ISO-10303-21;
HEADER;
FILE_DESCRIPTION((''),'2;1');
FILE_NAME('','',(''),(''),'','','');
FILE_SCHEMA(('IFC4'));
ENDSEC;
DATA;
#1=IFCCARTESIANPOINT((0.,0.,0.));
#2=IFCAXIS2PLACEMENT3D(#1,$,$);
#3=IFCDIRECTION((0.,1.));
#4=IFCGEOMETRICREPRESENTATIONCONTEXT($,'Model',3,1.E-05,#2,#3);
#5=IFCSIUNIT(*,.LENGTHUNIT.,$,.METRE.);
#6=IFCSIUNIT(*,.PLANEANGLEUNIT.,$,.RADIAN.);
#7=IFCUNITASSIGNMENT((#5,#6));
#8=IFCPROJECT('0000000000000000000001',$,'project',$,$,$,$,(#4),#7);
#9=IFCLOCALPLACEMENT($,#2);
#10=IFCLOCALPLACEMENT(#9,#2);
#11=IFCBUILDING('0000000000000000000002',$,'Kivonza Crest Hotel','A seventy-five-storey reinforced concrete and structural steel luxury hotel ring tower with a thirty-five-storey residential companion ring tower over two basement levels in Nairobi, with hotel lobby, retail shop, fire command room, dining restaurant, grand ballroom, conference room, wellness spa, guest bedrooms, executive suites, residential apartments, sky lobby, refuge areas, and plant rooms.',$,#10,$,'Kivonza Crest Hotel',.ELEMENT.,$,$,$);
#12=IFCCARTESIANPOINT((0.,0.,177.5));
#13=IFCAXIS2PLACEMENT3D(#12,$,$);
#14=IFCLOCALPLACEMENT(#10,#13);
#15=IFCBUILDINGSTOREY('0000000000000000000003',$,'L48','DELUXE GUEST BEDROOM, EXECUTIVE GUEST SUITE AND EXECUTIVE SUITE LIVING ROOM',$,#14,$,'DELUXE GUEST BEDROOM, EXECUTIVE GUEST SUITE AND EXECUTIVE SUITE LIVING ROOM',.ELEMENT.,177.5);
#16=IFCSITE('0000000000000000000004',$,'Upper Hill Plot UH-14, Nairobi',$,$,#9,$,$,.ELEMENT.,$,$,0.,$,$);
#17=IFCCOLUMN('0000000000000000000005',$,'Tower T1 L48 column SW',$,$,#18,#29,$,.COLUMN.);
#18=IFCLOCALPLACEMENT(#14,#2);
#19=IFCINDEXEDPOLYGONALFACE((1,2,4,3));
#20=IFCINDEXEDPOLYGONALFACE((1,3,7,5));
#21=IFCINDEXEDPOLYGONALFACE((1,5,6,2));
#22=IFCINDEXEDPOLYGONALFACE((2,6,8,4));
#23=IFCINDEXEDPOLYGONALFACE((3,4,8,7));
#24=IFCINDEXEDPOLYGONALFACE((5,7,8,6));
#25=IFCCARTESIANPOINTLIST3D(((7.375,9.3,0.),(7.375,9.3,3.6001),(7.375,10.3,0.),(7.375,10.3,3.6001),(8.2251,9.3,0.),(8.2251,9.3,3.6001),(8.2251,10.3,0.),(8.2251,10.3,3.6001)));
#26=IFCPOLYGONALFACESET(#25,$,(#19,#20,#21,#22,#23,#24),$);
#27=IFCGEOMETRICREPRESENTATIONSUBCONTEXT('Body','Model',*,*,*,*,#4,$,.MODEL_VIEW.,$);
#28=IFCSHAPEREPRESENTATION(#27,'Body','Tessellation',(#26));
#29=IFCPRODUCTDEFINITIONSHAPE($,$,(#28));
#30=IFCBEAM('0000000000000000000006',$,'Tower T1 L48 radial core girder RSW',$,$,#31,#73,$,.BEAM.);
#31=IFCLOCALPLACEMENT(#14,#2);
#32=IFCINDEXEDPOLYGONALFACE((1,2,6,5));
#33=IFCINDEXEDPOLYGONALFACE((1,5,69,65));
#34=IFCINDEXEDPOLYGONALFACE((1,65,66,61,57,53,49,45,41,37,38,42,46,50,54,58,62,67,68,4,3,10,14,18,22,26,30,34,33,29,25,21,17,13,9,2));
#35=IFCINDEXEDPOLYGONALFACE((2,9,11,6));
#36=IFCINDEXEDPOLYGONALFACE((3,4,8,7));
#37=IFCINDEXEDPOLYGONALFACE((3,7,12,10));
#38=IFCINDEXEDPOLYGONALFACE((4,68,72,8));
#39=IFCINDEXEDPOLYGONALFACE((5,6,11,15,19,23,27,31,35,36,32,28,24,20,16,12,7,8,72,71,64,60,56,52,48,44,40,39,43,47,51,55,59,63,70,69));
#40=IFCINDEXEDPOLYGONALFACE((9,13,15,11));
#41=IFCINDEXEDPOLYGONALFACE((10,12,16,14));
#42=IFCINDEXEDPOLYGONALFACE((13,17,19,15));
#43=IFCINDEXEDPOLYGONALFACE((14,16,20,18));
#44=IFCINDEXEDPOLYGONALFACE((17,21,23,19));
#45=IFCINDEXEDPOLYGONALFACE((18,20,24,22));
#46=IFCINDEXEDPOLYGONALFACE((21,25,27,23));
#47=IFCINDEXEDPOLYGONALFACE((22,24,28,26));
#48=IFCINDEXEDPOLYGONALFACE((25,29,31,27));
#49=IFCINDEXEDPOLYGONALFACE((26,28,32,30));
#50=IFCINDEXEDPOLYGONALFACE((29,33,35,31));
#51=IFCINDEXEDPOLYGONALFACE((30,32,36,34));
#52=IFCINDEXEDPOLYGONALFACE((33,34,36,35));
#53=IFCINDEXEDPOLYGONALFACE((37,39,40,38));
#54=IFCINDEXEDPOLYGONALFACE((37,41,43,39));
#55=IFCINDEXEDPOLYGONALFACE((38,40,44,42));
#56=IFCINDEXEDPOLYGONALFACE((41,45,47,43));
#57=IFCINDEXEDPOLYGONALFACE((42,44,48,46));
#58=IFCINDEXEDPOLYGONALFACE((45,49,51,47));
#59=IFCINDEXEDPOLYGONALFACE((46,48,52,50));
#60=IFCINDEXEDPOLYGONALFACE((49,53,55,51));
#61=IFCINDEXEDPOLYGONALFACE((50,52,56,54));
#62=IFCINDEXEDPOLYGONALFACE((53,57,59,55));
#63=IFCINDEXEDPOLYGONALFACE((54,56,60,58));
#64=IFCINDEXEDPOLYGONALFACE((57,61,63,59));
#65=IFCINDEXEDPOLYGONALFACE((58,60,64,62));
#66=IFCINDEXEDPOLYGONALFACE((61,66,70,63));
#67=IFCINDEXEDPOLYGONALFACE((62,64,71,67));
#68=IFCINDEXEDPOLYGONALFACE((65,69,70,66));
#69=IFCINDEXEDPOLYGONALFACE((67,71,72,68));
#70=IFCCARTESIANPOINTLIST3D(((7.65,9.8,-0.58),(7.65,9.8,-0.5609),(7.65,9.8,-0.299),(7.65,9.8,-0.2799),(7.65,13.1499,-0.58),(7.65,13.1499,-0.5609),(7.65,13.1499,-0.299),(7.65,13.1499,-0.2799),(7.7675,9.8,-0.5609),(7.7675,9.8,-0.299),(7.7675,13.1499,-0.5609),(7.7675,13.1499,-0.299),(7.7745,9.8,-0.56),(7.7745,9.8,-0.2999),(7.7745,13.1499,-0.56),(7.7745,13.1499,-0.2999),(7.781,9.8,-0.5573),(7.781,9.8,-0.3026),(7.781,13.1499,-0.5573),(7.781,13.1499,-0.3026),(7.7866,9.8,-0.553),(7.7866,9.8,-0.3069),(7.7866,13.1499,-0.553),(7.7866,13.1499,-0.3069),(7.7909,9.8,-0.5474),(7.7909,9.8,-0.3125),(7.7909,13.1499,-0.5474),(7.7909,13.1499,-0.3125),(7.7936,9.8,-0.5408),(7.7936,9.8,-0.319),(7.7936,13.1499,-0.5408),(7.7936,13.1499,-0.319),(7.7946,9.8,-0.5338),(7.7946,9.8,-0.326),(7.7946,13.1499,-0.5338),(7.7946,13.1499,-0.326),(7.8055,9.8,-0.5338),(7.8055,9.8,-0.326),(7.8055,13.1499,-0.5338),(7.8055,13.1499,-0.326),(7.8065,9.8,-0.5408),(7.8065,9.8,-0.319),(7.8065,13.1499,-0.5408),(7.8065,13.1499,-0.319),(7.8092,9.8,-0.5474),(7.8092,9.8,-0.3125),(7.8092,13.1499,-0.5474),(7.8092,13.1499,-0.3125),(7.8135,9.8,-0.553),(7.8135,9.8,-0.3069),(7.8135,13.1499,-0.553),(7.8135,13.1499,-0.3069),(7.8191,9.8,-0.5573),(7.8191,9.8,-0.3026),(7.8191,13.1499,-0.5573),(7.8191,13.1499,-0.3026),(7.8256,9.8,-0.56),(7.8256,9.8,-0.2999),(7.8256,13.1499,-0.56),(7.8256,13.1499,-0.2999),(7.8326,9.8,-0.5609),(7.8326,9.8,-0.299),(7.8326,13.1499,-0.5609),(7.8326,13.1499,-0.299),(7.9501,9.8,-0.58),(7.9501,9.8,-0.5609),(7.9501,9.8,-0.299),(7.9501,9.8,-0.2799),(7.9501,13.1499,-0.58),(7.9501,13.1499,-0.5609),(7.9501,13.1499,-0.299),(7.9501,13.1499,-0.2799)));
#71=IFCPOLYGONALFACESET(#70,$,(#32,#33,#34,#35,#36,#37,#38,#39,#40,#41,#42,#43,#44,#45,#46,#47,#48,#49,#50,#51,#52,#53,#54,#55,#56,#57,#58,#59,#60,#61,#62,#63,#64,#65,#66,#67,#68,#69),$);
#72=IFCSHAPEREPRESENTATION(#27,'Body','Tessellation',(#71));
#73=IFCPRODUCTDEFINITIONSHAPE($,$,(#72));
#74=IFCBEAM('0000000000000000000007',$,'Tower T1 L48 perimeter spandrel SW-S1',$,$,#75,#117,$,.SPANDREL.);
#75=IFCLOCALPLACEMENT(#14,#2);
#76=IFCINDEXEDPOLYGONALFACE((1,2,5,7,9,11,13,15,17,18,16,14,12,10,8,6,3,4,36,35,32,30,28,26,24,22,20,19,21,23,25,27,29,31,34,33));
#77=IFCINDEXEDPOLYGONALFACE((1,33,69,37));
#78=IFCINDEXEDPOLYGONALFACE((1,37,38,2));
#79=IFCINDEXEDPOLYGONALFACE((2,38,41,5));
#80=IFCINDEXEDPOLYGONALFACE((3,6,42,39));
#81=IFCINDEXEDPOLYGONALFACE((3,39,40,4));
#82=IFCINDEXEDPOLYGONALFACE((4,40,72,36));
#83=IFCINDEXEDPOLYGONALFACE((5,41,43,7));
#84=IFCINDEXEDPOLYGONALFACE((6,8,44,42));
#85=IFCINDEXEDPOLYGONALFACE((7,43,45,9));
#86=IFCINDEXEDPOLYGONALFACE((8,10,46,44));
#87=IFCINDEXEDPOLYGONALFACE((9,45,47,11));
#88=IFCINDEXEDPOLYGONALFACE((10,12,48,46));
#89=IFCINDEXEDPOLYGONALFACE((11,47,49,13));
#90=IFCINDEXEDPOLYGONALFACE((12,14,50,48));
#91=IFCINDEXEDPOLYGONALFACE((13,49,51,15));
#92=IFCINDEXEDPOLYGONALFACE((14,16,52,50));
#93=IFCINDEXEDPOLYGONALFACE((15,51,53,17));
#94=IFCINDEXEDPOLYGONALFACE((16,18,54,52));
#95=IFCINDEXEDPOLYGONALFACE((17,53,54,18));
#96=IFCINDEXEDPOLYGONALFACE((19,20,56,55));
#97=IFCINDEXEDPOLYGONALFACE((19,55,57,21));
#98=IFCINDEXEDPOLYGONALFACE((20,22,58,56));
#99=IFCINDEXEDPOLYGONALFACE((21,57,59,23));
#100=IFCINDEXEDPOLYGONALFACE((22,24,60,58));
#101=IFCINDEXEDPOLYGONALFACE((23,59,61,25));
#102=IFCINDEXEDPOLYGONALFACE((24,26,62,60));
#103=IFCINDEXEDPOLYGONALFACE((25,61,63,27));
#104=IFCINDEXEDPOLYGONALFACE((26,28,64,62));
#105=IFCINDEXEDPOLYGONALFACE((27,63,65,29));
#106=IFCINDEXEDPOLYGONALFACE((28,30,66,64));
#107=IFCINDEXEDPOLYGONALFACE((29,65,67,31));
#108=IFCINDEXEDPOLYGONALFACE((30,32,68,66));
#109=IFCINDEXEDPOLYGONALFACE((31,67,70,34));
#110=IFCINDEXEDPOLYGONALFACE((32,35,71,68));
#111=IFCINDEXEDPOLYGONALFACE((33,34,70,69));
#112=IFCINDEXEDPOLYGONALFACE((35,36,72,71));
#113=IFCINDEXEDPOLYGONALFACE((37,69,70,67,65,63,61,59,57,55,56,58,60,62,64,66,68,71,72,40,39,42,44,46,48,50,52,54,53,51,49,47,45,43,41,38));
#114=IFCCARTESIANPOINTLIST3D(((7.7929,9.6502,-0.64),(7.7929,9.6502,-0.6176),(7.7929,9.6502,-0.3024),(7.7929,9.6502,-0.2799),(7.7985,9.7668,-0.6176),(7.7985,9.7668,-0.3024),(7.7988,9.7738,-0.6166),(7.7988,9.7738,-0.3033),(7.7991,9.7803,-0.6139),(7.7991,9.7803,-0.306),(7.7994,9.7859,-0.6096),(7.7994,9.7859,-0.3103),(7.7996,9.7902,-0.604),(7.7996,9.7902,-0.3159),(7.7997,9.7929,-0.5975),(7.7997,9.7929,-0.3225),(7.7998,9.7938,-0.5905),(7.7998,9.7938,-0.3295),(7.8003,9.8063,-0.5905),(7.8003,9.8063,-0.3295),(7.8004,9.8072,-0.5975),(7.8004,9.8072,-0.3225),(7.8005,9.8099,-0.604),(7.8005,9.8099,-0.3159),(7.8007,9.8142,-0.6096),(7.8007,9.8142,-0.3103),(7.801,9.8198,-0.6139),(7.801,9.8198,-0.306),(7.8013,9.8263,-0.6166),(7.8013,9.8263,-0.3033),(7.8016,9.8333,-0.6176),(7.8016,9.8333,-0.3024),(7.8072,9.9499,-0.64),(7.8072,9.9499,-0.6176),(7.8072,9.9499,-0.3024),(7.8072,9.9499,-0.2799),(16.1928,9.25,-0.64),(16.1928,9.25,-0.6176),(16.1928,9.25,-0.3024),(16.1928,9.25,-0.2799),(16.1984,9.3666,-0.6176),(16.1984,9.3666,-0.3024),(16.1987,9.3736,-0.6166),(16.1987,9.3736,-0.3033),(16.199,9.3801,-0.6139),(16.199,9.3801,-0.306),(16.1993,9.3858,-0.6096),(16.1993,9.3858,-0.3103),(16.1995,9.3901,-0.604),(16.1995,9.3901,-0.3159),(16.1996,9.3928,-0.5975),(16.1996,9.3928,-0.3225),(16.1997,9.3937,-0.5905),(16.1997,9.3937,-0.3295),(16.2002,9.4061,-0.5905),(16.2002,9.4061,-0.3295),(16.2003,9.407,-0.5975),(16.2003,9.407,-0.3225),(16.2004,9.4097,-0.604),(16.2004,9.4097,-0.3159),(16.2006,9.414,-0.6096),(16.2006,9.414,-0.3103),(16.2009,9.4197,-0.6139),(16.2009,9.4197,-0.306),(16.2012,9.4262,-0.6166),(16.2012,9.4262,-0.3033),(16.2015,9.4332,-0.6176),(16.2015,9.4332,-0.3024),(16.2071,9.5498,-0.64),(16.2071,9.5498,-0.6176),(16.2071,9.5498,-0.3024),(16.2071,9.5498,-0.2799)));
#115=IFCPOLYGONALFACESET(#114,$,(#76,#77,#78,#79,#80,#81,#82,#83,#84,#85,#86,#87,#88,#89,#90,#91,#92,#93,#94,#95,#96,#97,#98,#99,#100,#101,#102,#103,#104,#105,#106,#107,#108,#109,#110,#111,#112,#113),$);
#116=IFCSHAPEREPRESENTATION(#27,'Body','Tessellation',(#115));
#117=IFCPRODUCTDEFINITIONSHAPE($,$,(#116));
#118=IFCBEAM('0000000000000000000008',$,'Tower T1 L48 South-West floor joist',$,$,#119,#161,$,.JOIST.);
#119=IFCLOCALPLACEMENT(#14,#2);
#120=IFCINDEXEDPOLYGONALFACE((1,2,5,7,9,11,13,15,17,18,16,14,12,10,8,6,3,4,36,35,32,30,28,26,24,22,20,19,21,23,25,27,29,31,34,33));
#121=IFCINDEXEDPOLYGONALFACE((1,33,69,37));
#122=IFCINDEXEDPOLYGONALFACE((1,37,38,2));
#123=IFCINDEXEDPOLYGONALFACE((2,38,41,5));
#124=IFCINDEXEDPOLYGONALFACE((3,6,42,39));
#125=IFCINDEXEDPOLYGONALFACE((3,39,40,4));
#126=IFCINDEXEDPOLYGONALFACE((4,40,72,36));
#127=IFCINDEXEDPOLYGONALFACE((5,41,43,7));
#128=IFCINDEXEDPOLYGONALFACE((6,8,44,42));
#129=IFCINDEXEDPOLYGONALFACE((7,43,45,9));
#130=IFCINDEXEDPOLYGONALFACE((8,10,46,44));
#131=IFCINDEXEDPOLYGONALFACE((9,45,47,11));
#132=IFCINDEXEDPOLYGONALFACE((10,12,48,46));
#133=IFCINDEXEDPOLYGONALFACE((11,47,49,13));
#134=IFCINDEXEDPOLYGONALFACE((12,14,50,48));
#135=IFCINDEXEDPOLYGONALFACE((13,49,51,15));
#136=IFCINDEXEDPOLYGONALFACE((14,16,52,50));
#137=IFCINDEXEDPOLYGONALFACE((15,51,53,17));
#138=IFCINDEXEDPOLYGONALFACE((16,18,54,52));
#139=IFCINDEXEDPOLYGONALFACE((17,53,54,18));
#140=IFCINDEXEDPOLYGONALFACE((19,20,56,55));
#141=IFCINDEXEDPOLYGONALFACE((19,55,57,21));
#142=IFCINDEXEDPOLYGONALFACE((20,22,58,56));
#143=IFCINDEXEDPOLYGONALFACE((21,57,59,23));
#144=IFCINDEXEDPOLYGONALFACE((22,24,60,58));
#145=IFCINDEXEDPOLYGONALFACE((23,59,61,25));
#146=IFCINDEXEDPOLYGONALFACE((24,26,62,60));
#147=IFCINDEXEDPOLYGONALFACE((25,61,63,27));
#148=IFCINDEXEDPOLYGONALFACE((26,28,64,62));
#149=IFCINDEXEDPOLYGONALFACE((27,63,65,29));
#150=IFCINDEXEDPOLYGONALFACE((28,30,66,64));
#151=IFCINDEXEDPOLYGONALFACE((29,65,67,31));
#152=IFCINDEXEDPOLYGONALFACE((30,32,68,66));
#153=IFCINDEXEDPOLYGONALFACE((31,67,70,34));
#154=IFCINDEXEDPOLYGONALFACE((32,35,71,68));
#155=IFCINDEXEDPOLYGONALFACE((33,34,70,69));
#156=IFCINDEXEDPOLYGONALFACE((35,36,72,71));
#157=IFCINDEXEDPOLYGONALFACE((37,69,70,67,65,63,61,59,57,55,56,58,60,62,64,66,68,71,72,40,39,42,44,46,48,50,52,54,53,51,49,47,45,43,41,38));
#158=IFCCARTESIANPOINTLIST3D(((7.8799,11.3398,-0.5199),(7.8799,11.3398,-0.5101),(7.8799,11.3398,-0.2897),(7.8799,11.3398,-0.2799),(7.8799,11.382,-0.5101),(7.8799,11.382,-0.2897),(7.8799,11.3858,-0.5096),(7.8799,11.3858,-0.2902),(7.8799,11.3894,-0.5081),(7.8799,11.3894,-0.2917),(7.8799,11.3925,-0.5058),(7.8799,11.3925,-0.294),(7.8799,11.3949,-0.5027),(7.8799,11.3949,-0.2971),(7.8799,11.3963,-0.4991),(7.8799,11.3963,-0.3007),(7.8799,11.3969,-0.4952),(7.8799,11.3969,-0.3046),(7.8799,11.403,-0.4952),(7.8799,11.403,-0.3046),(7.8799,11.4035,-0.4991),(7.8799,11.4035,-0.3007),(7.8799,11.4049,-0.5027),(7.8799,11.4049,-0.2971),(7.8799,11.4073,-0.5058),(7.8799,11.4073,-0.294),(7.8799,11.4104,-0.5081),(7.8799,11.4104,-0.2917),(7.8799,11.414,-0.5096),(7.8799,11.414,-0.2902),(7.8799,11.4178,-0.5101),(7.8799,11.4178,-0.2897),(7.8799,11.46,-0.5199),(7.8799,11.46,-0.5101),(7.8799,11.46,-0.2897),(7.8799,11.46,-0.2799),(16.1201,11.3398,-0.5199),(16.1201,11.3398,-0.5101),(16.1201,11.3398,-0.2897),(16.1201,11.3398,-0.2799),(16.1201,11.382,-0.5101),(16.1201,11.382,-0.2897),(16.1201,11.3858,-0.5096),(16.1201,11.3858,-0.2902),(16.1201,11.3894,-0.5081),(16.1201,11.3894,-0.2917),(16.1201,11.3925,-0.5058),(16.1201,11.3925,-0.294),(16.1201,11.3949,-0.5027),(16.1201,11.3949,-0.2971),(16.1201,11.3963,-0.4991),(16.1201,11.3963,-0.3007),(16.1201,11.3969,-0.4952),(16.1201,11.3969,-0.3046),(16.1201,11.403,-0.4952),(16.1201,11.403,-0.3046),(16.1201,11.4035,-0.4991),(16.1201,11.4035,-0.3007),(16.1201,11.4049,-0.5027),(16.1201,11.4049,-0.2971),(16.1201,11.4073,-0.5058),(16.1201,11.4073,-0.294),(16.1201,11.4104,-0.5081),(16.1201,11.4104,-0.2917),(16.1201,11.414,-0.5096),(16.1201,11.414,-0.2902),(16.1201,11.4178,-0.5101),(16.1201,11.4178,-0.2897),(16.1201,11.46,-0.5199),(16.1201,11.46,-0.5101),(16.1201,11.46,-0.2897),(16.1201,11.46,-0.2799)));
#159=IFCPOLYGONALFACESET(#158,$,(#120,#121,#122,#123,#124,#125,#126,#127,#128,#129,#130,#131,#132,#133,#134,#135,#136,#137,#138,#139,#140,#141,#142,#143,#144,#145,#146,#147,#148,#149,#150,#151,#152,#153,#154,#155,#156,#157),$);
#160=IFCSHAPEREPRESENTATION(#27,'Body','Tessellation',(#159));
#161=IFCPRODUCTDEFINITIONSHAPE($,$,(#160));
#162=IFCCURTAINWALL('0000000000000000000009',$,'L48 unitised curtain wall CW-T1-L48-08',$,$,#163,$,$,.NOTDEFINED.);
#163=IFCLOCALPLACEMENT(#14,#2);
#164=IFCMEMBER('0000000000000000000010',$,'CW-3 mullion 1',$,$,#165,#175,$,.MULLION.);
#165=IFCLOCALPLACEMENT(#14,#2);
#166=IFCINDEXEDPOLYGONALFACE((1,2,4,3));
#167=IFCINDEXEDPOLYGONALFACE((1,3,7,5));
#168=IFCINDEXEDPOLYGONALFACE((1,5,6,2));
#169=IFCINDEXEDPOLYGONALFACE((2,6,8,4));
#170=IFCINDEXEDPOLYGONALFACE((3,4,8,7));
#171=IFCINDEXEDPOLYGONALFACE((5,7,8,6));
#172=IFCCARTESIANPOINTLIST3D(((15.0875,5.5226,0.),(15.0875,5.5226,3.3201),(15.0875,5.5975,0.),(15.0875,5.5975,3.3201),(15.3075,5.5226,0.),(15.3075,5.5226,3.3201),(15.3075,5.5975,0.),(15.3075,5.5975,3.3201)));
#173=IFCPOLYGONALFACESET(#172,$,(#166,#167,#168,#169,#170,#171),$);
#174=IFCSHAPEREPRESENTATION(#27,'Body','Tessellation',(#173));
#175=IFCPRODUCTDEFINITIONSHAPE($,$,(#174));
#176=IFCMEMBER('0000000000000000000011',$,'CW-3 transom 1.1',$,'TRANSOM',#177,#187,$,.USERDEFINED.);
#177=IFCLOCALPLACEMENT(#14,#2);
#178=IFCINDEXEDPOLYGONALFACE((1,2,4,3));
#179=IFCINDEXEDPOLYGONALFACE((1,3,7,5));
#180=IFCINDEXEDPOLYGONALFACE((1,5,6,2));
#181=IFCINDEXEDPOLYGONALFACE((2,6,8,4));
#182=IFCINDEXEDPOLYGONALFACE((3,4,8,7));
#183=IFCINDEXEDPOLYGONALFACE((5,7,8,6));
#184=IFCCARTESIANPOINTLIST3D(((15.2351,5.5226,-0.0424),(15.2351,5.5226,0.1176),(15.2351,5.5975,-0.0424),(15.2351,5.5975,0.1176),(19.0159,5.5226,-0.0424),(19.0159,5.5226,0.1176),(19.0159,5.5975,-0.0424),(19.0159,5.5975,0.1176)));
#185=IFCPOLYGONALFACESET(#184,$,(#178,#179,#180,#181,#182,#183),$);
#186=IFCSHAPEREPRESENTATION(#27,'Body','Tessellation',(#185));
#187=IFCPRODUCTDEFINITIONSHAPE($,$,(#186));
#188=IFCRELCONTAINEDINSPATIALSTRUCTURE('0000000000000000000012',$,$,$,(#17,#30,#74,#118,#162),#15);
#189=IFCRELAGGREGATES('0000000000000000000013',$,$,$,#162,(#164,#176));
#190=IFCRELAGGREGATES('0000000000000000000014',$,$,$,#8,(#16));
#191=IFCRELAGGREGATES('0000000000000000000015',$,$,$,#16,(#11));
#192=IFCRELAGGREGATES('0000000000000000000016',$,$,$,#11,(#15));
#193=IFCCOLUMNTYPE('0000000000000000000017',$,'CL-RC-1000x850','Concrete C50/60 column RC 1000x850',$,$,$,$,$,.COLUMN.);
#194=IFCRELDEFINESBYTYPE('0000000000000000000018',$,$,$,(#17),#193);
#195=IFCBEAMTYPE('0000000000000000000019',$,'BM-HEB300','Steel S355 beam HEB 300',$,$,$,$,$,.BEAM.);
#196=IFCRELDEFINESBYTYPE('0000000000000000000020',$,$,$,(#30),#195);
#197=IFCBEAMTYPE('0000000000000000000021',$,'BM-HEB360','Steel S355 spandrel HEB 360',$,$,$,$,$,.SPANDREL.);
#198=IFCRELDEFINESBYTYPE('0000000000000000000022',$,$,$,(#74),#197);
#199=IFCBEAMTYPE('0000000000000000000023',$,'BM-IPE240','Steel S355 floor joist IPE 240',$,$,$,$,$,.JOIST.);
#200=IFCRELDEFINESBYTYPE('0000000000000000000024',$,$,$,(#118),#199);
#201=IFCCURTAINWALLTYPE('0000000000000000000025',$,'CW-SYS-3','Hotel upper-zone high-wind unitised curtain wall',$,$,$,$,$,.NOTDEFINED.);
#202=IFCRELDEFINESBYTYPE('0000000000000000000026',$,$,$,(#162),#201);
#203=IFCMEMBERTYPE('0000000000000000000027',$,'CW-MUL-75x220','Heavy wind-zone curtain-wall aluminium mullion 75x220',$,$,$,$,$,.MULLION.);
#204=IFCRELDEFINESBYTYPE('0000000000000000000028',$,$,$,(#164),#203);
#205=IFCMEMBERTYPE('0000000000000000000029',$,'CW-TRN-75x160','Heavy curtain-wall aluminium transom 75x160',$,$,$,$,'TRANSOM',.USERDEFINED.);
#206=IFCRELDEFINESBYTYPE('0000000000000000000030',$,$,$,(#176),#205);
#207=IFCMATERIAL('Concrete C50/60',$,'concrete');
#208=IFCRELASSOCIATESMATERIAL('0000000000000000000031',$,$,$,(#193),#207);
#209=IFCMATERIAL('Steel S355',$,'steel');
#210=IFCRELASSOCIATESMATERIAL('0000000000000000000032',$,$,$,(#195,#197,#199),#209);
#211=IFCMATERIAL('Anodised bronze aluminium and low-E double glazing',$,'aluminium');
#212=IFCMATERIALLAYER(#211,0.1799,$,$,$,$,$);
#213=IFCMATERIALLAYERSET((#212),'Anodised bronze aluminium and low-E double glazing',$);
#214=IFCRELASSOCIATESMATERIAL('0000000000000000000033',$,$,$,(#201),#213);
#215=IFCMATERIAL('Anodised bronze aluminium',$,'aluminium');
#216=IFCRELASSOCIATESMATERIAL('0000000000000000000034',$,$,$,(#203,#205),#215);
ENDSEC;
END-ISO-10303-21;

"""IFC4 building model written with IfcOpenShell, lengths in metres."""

from ifc_helpers import new_model, si_unit, direction, frame, origin, origin_2d, place, context, subcontext, project, spatial, rectangle, i_section, extrude, material, layer, layer_set, material_profile, profile_set, type_object, element, aggregate, save


model = new_model("IFC4")

# Units and contexts
model_context = context("Model", 3, precision=1e-05, world=origin(), true_north=direction((0.0, 1.0)))
body_context = subcontext(model_context, "Body", "Model", "MODEL_VIEW")
ifc_project = project(units=[si_unit("LENGTHUNIT", "METRE"), si_unit("PLANEANGLEUNIT", "RADIAN")], contexts=[model_context])

# Site, building, storey
site_placement = place(None, origin())
site = spatial("IfcSite", under=ifc_project, at=site_placement, Name="Upper Hill Plot UH-14, Nairobi", CompositionType="ELEMENT", RefElevation=0.0)
building_placement = place(site_placement, origin())
building = spatial("IfcBuilding", under=site, at=building_placement, Name="Kivonza Crest Hotel", Description="A seventy-five-storey reinforced concrete and structural steel luxury hotel ring tower with a thirty-five-storey residential companion ring tower over two basement levels in Nairobi, with hotel lobby, retail shop, fire command room, dining restaurant, grand ballroom, conference room, wellness spa, guest bedrooms, executive suites, residential apartments, sky lobby, refuge areas, and plant rooms.", LongName="Kivonza Crest Hotel", CompositionType="ELEMENT")
storey_placement = place(building_placement, frame((0.0, 0.0, 177.5)))
storey = spatial("IfcBuildingStorey", under=building, at=storey_placement, Name="L48", Description="DELUXE GUEST BEDROOM, EXECUTIVE GUEST SUITE AND EXECUTIVE SUITE LIVING ROOM", LongName="DELUXE GUEST BEDROOM, EXECUTIVE GUEST SUITE AND EXECUTIVE SUITE LIVING ROOM", CompositionType="ELEMENT", Elevation=177.5)

# Column
ifc_material_1 = material(Name="Concrete C50/60", Category="concrete")
ifc_material_profile_1 = material_profile(ifc_material_1, rectangle(XDim=0.8501, YDim=1.0, at=origin_2d()), Name="RC 1000x850")
ifc_profile_set_1 = profile_set([ifc_material_profile_1], Name="Concrete C50/60")
column_type = type_object("IfcColumnType", Name="CL-RC-1000x850", Description="Concrete C50/60 column RC 1000x850", PredefinedType="COLUMN", material=ifc_profile_set_1)
column_placement = place(storey_placement, frame((7.8, 9.8, 0.0), z_axis=(0.0, 0.0, 1.0), x_axis=(1.0, 0.0, 0.0)))
element("IfcColumn", 1, at=column_placement, inside=storey, type_object=column_type, Name="Tower T1 L48 column SW", PredefinedType="COLUMN", context=body_context, shape_type="SweptSolid", body=[
    extrude(rectangle(XDim=0.8501, YDim=1.0, at=origin_2d()), origin(), (0.0, 0.0, 1.0), 3.6001),
])

# Beams
ifc_material_2 = material(Name="Steel S355", Category="steel")
ifc_material_profile_2 = material_profile(ifc_material_2, i_section(OverallWidth=0.3, OverallDepth=0.3, WebThickness=0.011, FlangeThickness=0.019, FilletRadius=0.0271, at=origin_2d()), Name="HEB 300")
ifc_profile_set_2 = profile_set([ifc_material_profile_2], Name="Steel S355")
beam_type_1 = type_object("IfcBeamType", Name="BM-HEB300", Description="Steel S355 beam HEB 300", PredefinedType="BEAM", material=ifc_profile_set_2)
beam_1_placement = place(storey_placement, frame((7.8, 9.8, -0.4299), z_axis=(0.0, 1.0, 0.0), x_axis=(-1.0, 0.0, 0.0)))
element("IfcBeam", 2, at=beam_1_placement, inside=storey, type_object=beam_type_1, Name="Tower T1 L48 radial core girder RSW", PredefinedType="BEAM", context=body_context, shape_type="SweptSolid", body=[
    extrude(i_section(OverallWidth=0.3, OverallDepth=0.3, WebThickness=0.011, FlangeThickness=0.019, FilletRadius=0.0271, at=origin_2d()), origin(), (0.0, 0.0, 1.0), 3.3499),
])
ifc_material_profile_3 = material_profile(ifc_material_2, i_section(OverallWidth=0.3, OverallDepth=0.3601, WebThickness=0.0125, FlangeThickness=0.0225, FilletRadius=0.0271, at=origin_2d()), Name="HEB 360")
ifc_profile_set_3 = profile_set([ifc_material_profile_3], Name="Steel S355")
beam_type_2 = type_object("IfcBeamType", Name="BM-HEB360", Description="Steel S355 spandrel HEB 360", PredefinedType="SPANDREL", material=ifc_profile_set_3)
beam_2_placement = place(storey_placement, frame((7.8, 9.8, -0.46), z_axis=(0.998867, -0.047583, 0.0), x_axis=(0.047583, 0.998867, 0.0)))
element("IfcBeam", 3, at=beam_2_placement, inside=storey, type_object=beam_type_2, Name="Tower T1 L48 perimeter spandrel SW-S1", PredefinedType="SPANDREL", context=body_context, shape_type="SweptSolid", body=[
    extrude(i_section(OverallWidth=0.3, OverallDepth=0.3601, WebThickness=0.0125, FlangeThickness=0.0225, FilletRadius=0.0271, at=origin_2d()), origin(), (0.0, 0.0, 1.0), 8.4094),
])
ifc_material_profile_4 = material_profile(ifc_material_2, i_section(OverallWidth=0.1201, OverallDepth=0.24, WebThickness=0.0061, FlangeThickness=0.0098, FilletRadius=0.0149, at=origin_2d()), Name="IPE 240")
ifc_profile_set_4 = profile_set([ifc_material_profile_4], Name="Steel S355")
beam_type_3 = type_object("IfcBeamType", Name="BM-IPE240", Description="Steel S355 floor joist IPE 240", PredefinedType="JOIST", material=ifc_profile_set_4)
beam_3_placement = place(storey_placement, frame((7.8799, 11.3999, -0.3999), z_axis=(1.0, 0.0, 0.0), x_axis=(0.0, 1.0, 0.0)))
element("IfcBeam", 4, at=beam_3_placement, inside=storey, type_object=beam_type_3, Name="Tower T1 L48 South-West floor joist", PredefinedType="JOIST", context=body_context, shape_type="SweptSolid", body=[
    extrude(i_section(OverallWidth=0.1201, OverallDepth=0.24, WebThickness=0.0061, FlangeThickness=0.0098, FilletRadius=0.0149, at=origin_2d()), origin(), (0.0, 0.0, 1.0), 8.2402),
])

# Curtain wall, members
ifc_material_3 = material(Name="Anodised bronze aluminium and low-E double glazing", Category="aluminium")
ifc_layer_1 = layer(ifc_material_3, 0.1799)
ifc_layer_set_1 = layer_set([ifc_layer_1], Name="Anodised bronze aluminium and low-E double glazing")
curtain_wall_type = type_object("IfcCurtainWallType", Name="CW-SYS-3", Description="Hotel upper-zone high-wind unitised curtain wall", PredefinedType="NOTDEFINED", material=ifc_layer_set_1)
curtain_wall_placement = place(storey_placement, origin())
curtain_wall = element("IfcCurtainWall", 5, at=curtain_wall_placement, inside=storey, type_object=curtain_wall_type, Name="L48 unitised curtain wall CW-T1-L48-08", PredefinedType="NOTDEFINED")
ifc_material_4 = material(Name="Anodised bronze aluminium", Category="aluminium")
ifc_material_profile_5 = material_profile(ifc_material_4, rectangle(XDim=0.075, YDim=0.22, at=origin_2d()), Name="CW-M 75x220")
ifc_profile_set_5 = profile_set([ifc_material_profile_5], Name="Anodised bronze aluminium")
member_type_1 = type_object("IfcMemberType", Name="CW-MUL-75x220", Description="Heavy wind-zone curtain-wall aluminium mullion 75x220", PredefinedType="MULLION", material=ifc_profile_set_5)
member_1_placement = place(storey_placement, frame((15.1975, 5.5601, 0.0), z_axis=(0.0, 0.0, 1.0), x_axis=(0.0, 1.0, 0.0)))
member_1 = element("IfcMember", 6, at=member_1_placement, type_object=member_type_1, Name="CW-3 mullion 1", PredefinedType="MULLION", context=body_context, shape_type="SweptSolid", body=[
    extrude(rectangle(XDim=0.075, YDim=0.22, at=origin_2d()), origin(), (0.0, 0.0, 1.0), 3.3201),
])
ifc_material_profile_6 = material_profile(ifc_material_4, rectangle(XDim=0.075, YDim=0.1599, at=origin_2d()), Name="CW-T 75x160")
ifc_profile_set_6 = profile_set([ifc_material_profile_6], Name="Anodised bronze aluminium")
member_type_2 = type_object("IfcMemberType", Name="CW-TRN-75x160", Description="Heavy curtain-wall aluminium transom 75x160", ElementType="TRANSOM", PredefinedType="USERDEFINED", material=ifc_profile_set_6)
member_2_placement = place(storey_placement, frame((15.2351, 5.5601, 0.0376), z_axis=(1.0, 0.0, 0.0), x_axis=(0.0, 1.0, 0.0)))
member_2 = element("IfcMember", 7, at=member_2_placement, type_object=member_type_2, Name="CW-3 transom 1.1", ObjectType="TRANSOM", PredefinedType="USERDEFINED", context=body_context, shape_type="SweptSolid", body=[
    extrude(rectangle(XDim=0.075, YDim=0.1599, at=origin_2d()), origin(), (0.0, 0.0, 1.0), 3.7808),
])
aggregate(curtain_wall, [member_1, member_2])

save(model, "model.ifc")
